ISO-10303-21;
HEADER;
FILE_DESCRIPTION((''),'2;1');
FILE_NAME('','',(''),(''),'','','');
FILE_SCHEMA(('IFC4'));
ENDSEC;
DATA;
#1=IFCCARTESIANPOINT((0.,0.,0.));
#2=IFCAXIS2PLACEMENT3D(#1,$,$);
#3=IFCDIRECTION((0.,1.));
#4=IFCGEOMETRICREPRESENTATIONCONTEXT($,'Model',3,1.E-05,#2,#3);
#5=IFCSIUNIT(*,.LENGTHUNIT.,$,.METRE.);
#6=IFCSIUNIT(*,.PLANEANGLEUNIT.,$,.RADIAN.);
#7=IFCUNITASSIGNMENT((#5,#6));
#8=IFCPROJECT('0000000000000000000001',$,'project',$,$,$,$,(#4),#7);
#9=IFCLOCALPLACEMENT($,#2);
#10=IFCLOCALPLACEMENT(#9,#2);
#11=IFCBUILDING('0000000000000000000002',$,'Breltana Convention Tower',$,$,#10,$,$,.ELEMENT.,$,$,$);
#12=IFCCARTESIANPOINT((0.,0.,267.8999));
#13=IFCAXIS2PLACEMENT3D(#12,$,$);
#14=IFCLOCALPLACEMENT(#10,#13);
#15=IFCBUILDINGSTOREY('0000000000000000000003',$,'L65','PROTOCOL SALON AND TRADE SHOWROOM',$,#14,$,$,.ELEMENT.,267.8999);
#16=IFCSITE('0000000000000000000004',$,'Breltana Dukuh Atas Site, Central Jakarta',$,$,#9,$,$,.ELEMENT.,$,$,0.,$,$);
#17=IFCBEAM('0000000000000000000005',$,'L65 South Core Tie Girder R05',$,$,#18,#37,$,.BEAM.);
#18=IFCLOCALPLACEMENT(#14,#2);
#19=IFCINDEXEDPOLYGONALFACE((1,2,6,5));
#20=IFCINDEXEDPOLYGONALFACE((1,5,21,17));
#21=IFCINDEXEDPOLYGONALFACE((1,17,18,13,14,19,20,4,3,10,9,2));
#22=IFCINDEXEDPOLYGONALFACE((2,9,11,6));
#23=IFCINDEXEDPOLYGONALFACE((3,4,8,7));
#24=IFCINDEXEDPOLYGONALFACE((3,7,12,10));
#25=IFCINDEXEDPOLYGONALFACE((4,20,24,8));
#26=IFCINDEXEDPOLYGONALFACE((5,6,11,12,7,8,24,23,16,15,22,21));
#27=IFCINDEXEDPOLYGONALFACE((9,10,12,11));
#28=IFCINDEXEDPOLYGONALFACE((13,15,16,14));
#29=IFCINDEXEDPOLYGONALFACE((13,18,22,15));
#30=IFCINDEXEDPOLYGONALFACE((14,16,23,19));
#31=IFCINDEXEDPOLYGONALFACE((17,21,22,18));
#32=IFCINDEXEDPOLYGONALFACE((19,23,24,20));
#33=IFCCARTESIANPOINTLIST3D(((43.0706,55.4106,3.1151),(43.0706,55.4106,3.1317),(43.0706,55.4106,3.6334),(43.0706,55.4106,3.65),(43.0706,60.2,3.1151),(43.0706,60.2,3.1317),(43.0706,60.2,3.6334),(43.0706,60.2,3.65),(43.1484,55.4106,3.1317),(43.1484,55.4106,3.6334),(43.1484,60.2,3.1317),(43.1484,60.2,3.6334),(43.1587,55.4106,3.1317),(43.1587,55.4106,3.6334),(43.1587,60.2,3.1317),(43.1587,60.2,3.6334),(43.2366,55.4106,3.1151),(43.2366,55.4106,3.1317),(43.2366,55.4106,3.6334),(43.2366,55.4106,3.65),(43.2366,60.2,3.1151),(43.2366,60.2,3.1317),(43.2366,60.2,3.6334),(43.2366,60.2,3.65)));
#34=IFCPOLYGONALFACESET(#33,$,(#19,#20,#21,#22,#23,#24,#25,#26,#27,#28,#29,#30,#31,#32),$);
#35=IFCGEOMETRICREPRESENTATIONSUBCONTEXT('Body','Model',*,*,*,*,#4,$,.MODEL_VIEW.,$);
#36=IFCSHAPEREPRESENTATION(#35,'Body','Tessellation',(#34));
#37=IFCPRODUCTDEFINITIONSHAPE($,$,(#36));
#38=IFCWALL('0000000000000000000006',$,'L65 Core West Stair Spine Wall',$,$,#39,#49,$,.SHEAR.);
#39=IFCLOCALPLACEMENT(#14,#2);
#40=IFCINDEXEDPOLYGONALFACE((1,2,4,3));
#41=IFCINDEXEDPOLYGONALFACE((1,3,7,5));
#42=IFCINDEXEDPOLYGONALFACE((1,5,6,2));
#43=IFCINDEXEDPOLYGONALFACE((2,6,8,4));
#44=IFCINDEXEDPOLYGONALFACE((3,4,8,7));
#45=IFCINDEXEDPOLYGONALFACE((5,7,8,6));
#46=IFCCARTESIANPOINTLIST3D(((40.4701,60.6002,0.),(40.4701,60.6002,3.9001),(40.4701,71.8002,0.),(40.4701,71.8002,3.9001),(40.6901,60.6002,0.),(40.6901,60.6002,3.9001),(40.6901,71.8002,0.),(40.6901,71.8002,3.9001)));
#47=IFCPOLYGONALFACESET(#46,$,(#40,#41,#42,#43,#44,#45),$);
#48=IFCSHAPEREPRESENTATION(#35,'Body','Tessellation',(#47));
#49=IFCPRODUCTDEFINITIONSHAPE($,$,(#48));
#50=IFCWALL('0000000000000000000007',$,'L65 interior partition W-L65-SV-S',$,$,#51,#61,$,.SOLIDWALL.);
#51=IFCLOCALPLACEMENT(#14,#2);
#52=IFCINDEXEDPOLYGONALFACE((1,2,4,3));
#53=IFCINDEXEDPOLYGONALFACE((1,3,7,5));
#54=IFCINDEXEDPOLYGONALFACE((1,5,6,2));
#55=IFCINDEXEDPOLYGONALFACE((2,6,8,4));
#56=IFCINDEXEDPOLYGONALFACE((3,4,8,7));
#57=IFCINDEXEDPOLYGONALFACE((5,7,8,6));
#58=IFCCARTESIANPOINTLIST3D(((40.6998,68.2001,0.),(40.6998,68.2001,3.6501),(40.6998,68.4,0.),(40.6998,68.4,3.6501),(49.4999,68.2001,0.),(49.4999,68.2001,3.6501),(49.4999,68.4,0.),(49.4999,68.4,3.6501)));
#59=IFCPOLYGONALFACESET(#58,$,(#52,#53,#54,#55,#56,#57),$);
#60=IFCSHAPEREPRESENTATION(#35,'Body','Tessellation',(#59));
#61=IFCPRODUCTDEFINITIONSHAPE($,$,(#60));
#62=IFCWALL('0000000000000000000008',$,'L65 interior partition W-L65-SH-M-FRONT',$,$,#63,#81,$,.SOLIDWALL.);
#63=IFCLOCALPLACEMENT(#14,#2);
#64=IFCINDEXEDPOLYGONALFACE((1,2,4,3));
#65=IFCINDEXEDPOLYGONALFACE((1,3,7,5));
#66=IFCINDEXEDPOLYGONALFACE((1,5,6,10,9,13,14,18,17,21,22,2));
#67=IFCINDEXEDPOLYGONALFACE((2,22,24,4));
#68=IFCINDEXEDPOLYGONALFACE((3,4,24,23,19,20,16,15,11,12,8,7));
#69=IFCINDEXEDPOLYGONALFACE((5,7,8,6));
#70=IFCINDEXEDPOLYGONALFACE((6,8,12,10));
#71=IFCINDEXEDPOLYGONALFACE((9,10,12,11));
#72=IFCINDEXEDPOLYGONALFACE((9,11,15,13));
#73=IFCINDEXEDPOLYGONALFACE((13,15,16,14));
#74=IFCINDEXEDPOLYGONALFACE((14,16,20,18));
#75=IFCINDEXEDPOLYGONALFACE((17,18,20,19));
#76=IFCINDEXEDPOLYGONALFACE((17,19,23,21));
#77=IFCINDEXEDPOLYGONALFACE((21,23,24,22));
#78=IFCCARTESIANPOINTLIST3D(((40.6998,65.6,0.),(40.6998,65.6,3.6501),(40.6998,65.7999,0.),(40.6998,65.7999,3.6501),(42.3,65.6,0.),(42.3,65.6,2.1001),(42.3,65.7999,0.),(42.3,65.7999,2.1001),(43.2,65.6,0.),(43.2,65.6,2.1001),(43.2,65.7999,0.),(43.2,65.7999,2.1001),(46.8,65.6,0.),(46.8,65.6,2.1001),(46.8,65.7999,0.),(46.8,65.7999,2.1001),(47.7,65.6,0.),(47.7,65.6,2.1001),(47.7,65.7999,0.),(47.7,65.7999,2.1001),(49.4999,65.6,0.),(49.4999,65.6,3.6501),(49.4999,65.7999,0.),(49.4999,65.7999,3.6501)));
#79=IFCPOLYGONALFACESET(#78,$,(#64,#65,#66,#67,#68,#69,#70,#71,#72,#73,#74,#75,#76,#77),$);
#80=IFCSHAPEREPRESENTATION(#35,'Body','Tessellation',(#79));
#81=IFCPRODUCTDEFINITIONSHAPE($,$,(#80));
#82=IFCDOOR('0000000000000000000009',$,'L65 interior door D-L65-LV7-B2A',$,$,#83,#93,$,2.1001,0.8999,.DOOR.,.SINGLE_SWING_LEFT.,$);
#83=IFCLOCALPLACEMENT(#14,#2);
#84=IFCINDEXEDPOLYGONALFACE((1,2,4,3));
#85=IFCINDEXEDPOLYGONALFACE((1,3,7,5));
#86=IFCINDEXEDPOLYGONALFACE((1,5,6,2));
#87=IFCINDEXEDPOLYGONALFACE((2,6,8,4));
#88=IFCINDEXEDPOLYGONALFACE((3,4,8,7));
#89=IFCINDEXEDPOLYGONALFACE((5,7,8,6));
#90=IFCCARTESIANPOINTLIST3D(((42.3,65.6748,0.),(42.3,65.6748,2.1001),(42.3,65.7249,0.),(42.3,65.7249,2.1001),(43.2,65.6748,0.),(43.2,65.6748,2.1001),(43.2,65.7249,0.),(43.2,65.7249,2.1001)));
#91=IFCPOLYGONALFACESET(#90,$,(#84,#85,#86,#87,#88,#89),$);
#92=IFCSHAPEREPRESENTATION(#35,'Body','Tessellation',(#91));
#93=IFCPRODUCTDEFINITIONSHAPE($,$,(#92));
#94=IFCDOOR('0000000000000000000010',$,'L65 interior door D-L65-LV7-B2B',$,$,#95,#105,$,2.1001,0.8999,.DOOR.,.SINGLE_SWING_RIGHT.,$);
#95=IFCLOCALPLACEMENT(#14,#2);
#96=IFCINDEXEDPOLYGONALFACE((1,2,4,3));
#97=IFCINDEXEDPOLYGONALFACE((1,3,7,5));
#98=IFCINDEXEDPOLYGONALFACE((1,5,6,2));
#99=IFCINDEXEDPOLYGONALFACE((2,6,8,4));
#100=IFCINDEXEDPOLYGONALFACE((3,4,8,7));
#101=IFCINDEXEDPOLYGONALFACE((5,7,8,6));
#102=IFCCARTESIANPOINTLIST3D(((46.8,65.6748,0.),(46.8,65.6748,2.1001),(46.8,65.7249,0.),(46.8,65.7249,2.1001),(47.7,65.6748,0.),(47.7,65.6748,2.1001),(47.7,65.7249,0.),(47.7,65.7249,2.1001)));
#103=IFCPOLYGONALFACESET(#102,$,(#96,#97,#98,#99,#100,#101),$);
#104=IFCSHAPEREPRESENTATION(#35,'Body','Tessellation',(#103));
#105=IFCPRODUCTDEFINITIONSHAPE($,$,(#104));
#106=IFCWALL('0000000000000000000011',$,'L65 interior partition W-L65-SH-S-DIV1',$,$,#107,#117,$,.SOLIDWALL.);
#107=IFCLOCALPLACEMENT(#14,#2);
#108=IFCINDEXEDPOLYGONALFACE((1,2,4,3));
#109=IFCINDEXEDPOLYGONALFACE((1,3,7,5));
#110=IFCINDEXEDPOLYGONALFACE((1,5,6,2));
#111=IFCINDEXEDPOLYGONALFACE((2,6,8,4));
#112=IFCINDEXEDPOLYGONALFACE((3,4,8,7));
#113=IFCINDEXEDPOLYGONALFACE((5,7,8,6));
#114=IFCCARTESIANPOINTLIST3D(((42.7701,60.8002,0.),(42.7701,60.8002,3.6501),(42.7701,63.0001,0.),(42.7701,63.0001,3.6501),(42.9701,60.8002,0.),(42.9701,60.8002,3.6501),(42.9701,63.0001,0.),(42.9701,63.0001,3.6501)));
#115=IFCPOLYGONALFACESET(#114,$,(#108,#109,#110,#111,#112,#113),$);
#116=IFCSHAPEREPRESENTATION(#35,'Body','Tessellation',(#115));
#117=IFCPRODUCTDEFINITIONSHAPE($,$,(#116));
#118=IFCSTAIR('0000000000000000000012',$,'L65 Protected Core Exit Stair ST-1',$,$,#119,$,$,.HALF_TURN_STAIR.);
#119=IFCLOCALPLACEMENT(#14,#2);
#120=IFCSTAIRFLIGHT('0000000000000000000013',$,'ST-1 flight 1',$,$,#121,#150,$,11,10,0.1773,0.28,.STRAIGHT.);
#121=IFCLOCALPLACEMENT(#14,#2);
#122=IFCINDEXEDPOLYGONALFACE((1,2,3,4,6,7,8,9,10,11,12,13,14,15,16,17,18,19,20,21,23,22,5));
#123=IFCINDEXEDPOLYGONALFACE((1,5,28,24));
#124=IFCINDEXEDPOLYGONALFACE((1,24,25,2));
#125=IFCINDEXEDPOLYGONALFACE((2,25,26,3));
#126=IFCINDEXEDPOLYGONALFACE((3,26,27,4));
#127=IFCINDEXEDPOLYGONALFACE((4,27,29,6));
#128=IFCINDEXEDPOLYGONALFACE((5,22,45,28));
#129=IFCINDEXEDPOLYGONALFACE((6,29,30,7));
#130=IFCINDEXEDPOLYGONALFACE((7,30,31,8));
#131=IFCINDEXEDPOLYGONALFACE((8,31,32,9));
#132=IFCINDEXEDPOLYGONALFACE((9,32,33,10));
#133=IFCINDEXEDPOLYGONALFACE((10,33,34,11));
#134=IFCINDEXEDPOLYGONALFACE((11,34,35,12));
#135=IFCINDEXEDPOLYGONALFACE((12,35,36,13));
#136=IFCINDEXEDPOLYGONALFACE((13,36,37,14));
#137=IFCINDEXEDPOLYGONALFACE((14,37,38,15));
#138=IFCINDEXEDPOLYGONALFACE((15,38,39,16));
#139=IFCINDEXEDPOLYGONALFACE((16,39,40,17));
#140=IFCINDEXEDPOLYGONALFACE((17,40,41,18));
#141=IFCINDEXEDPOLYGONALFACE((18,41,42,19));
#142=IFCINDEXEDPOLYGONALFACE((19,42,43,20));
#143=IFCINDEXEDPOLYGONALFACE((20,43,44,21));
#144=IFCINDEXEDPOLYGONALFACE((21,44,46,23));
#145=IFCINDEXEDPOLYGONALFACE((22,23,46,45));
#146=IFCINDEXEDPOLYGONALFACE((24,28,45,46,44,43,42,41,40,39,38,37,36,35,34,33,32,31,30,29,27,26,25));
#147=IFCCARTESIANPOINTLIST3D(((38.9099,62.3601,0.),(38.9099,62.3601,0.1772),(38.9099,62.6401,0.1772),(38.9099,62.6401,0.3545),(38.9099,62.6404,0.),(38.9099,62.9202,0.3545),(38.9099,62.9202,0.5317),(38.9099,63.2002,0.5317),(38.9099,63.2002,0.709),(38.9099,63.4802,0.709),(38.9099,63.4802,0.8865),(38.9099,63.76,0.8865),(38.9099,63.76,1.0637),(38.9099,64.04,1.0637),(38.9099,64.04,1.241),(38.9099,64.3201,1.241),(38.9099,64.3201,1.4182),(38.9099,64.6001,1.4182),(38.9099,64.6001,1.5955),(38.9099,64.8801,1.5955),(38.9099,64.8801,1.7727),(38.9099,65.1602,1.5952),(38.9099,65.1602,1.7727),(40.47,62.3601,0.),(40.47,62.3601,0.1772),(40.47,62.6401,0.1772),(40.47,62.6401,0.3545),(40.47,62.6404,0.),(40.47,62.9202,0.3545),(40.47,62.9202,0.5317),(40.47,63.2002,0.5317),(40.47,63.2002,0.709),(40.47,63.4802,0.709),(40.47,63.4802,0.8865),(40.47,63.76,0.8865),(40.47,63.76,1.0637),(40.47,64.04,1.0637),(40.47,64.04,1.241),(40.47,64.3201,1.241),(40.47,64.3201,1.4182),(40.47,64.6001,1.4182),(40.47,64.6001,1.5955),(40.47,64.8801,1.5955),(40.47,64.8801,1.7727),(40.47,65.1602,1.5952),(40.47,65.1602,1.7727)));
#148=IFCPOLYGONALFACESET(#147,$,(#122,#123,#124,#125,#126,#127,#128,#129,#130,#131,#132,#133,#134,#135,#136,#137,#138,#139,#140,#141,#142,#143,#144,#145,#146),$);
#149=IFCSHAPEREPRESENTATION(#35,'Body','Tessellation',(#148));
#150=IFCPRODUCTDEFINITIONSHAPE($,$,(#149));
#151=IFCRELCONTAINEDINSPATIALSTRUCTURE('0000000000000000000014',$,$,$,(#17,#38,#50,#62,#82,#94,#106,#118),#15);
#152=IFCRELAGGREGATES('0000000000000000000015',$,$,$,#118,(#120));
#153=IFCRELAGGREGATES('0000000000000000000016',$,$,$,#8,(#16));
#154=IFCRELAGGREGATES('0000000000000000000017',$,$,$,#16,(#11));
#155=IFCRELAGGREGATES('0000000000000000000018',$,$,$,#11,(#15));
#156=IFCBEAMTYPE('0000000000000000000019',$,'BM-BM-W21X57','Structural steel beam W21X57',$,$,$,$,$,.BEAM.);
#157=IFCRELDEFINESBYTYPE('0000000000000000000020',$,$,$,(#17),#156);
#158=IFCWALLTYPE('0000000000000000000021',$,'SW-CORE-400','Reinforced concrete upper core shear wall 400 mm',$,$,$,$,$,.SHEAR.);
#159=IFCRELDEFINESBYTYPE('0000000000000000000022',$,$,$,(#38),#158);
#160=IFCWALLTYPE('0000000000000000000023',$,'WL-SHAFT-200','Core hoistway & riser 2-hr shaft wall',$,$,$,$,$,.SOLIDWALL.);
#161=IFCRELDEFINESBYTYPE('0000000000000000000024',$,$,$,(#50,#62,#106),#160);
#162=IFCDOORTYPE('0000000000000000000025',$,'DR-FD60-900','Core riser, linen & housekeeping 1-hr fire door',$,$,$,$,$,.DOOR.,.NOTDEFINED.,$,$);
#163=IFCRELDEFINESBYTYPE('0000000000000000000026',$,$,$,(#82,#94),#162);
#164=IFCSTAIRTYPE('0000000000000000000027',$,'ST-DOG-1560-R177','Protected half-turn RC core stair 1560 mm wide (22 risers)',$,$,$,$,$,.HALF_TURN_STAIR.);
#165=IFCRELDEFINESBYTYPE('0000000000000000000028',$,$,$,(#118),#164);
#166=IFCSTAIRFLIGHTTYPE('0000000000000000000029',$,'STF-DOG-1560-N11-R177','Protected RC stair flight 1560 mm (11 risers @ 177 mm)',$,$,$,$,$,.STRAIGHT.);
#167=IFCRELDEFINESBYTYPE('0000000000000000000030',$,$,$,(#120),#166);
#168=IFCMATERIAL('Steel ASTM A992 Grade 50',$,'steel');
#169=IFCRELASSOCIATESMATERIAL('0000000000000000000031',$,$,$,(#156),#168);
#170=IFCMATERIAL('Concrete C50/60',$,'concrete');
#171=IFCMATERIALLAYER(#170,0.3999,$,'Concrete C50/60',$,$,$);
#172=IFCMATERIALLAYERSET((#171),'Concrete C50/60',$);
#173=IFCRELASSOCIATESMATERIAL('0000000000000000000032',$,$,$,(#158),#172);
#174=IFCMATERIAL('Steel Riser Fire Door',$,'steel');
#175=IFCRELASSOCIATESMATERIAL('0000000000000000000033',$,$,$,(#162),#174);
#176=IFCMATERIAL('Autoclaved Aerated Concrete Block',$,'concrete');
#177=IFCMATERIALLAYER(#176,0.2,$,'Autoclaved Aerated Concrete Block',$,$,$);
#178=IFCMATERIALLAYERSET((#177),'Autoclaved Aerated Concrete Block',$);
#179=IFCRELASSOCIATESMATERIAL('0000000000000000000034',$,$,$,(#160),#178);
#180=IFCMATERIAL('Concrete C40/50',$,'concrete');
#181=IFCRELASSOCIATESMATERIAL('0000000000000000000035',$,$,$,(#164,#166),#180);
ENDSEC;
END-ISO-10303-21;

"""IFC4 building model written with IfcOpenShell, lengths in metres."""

from ifc_helpers import new_model, si_unit, direction, frame, frame_2d, origin, origin_2d, place, context, subcontext, project, spatial, polyline, rectangle, i_section, outline, extrude, source, transform, mapped, material, layer, layer_set, material_profile, profile_set, type_object, type_shapes, element, fill, aggregate, save


model = new_model("IFC4")

# Units and contexts
model_context = context("Model", 3, precision=1e-05, world=origin(), true_north=direction((0.0, 1.0)))
body_context = subcontext(model_context, "Body", "Model", "MODEL_VIEW")
ifc_project = project(units=[si_unit("LENGTHUNIT", "METRE"), si_unit("PLANEANGLEUNIT", "RADIAN")], contexts=[model_context])

# Site, building, storey
site_placement = place(None, origin())
site = spatial("IfcSite", under=ifc_project, at=site_placement, Name="Breltana Dukuh Atas Site, Central Jakarta", CompositionType="ELEMENT", RefElevation=0.0)
building_placement = place(site_placement, origin())
building = spatial("IfcBuilding", under=site, at=building_placement, Name="Breltana Convention Tower", CompositionType="ELEMENT")
storey_placement = place(building_placement, frame((0.0, 0.0, 267.8999)))
storey = spatial("IfcBuildingStorey", under=building, at=storey_placement, Name="L65", Description="PROTOCOL SALON AND TRADE SHOWROOM", CompositionType="ELEMENT", Elevation=267.8999)

# Beam
ifc_material_1 = material(Name="Steel ASTM A992 Grade 50", Category="steel")
ifc_material_profile = material_profile(ifc_material_1, i_section(OverallWidth=0.166, OverallDepth=0.5349, WebThickness=0.0103, FlangeThickness=0.0166, at=origin_2d()), Name="W21X57")
ifc_profile_set = profile_set([ifc_material_profile], Name="Steel ASTM A992 Grade 50")
beam_type = type_object("IfcBeamType", Name="BM-BM-W21X57", Description="Structural steel beam W21X57", PredefinedType="BEAM", material=ifc_profile_set)
shared_shape_1 = source(origin(), body_context, "Body", "SweptSolid", [
    extrude(i_section(OverallWidth=0.166, OverallDepth=0.5349, WebThickness=0.0103, FlangeThickness=0.0166, at=origin_2d()), origin(), (0.0, 0.0, 1.0), 4.7893),
])
beam_placement = place(storey_placement, frame((43.1536, 60.2, 3.3826), z_axis=(0.0, -1.0, 0.0), x_axis=(1.0, 0.0, 0.0)))
element("IfcBeam", 1, at=beam_placement, inside=storey, type_object=beam_type, Name="L65 South Core Tie Girder R05", PredefinedType="BEAM", context=body_context, shape_type="MappedRepresentation", body=[
    mapped(shared_shape_1, transform((0.0, 0.0, 0.0), scale=1.0)),
])

# Shared definitions
ifc_material_2 = material(Name="Concrete C50/60", Category="concrete")
ifc_layer_1 = layer(ifc_material_2, 0.3999, Name="Concrete C50/60")
ifc_layer_set_1 = layer_set([ifc_layer_1], Name="Concrete C50/60")
wall_type_1 = type_object("IfcWallType", Name="SW-CORE-400", Description="Reinforced concrete upper core shear wall 400 mm", PredefinedType="SHEAR", material=ifc_layer_set_1)
ifc_material_3 = material(Name="Steel Riser Fire Door", Category="steel")
door_type_1 = type_object("IfcDoorType", Name="DR-FD60-900", Description="Core riser, linen & housekeeping 1-hr fire door", OperationType="NOTDEFINED", PredefinedType="DOOR", material=ifc_material_3)
shared_shape_2 = source(origin(), body_context, "Body", "SweptSolid", [
    extrude(rectangle(XDim=0.8999, YDim=2.1001, at=frame_2d((0.45, 1.05))), frame((0.0, 0.0249, 0.0), z_axis=(0.0, -1.0, 0.0), x_axis=(1.0, 0.0, 0.0)), (0.0, 0.0, 1.0), 0.05),
])
type_shapes(door_type_1, [shared_shape_2])

# Walls
shared_shape_3 = source(origin(), body_context, "Body", "SweptSolid", [
    extrude(rectangle(XDim=11.2, YDim=0.22, at=frame_2d((5.6001, 0.0))), origin(), (0.0, 0.0, 1.0), 3.9001),
])
wall_1_placement = place(storey_placement, frame((40.5801, 60.6001, 0.0), z_axis=(0.0, 0.0, 1.0), x_axis=(0.0, 1.0, 0.0)))
element("IfcWall", 2, at=wall_1_placement, inside=storey, type_object=wall_type_1, Name="L65 Core West Stair Spine Wall", PredefinedType="SHEAR", context=body_context, shape_type="MappedRepresentation", body=[
    mapped(shared_shape_3, transform((0.0, 0.0, 0.0), scale=1.0)),
])
ifc_material_4 = material(Name="Autoclaved Aerated Concrete Block", Category="concrete")
ifc_layer_2 = layer(ifc_material_4, 0.2, Name="Autoclaved Aerated Concrete Block")
ifc_layer_set_2 = layer_set([ifc_layer_2], Name="Autoclaved Aerated Concrete Block")
wall_type_2 = type_object("IfcWallType", Name="WL-SHAFT-200", Description="Core hoistway & riser 2-hr shaft wall", PredefinedType="SOLIDWALL", material=ifc_layer_set_2)
shared_shape_4 = source(origin(), body_context, "Body", "SweptSolid", [
    extrude(rectangle(XDim=8.8, YDim=0.2, at=frame_2d((4.3999, 0.0))), origin(), (0.0, 0.0, 1.0), 3.6501),
])
wall_2_placement = place(storey_placement, frame((40.7, 68.3, 0.0), z_axis=(0.0, 0.0, 1.0), x_axis=(1.0, 0.0, 0.0)))
element("IfcWall", 3, at=wall_2_placement, inside=storey, type_object=wall_type_2, Name="L65 interior partition W-L65-SV-S", PredefinedType="SOLIDWALL", context=body_context, shape_type="MappedRepresentation", body=[
    mapped(shared_shape_4, transform((0.0, 0.0, 0.0), scale=1.0)),
])

# Wall, openings, doors
wall_3_placement = place(storey_placement, frame((40.7, 65.7, 0.0), z_axis=(0.0, 0.0, 1.0), x_axis=(1.0, 0.0, 0.0)))
wall_3 = element("IfcWall", 4, at=wall_3_placement, inside=storey, type_object=wall_type_2, Name="L65 interior partition W-L65-SH-M-FRONT", PredefinedType="SOLIDWALL", context=body_context, shape_type="MappedRepresentation", body=[
    mapped(shared_shape_4, transform((0.0, 0.0, 0.0), scale=1.0)),
])
opening_1_placement = place(wall_3_placement, frame((1.6001, 0.0, 0.0)))
opening_1 = element("IfcOpeningElement", 5, at=opening_1_placement, cuts=wall_3, PredefinedType="OPENING", context=body_context, shape_type="SweptSolid", body=[
    extrude(rectangle(XDim=0.8999, YDim=2.1001, at=frame_2d((0.45, 1.05))), frame((0.0, 0.1099, 0.0), z_axis=(0.0, -1.0, 0.0), x_axis=(1.0, 0.0, 0.0)), (0.0, 0.0, 1.0), 0.22),
])
opening_2_placement = place(wall_3_placement, frame((6.1001, 0.0, 0.0)))
opening_2 = element("IfcOpeningElement", 6, at=opening_2_placement, cuts=wall_3, PredefinedType="OPENING", context=body_context, shape_type="SweptSolid", body=[
    extrude(rectangle(XDim=0.8999, YDim=2.1001, at=frame_2d((0.45, 1.05))), frame((0.0, 0.1099, 0.0), z_axis=(0.0, -1.0, 0.0), x_axis=(1.0, 0.0, 0.0)), (0.0, 0.0, 1.0), 0.22),
])
door_1_placement = place(opening_1_placement, origin())
door_1 = element("IfcDoor", 7, at=door_1_placement, inside=storey, type_object=door_type_1, Name="L65 interior door D-L65-LV7-B2A", OperationType="SINGLE_SWING_LEFT", OverallHeight=2.1001, OverallWidth=0.8999, PredefinedType="DOOR", context=body_context, shape_type="MappedRepresentation", body=[
    mapped(shared_shape_2, transform((0.0, 0.0, 0.0), scale=1.0)),
])
fill(opening_1, door_1)
door_2_placement = place(opening_2_placement, origin())
door_2 = element("IfcDoor", 8, at=door_2_placement, inside=storey, type_object=door_type_1, Name="L65 interior door D-L65-LV7-B2B", OperationType="SINGLE_SWING_RIGHT", OverallHeight=2.1001, OverallWidth=0.8999, PredefinedType="DOOR", context=body_context, shape_type="MappedRepresentation", body=[
    mapped(shared_shape_2, transform((0.0, 0.0, 0.0), scale=1.0)),
])
fill(opening_2, door_2)

# Wall
shared_shape_5 = source(origin(), body_context, "Body", "SweptSolid", [
    extrude(rectangle(XDim=2.2, YDim=0.2, at=frame_2d((1.1001, 0.0))), origin(), (0.0, 0.0, 1.0), 3.6501),
])
wall_4_placement = place(storey_placement, frame((42.8701, 60.8, 0.0), z_axis=(0.0, 0.0, 1.0), x_axis=(0.0, 1.0, 0.0)))
element("IfcWall", 9, at=wall_4_placement, inside=storey, type_object=wall_type_2, Name="L65 interior partition W-L65-SH-S-DIV1", PredefinedType="SOLIDWALL", context=body_context, shape_type="MappedRepresentation", body=[
    mapped(shared_shape_5, transform((0.0, 0.0, 0.0), scale=1.0)),
])

# Stair, stair flight
ifc_material_5 = material(Name="Concrete C40/50", Category="concrete")
stair_type = type_object("IfcStairType", Name="ST-DOG-1560-R177", Description="Protected half-turn RC core stair 1560 mm wide (22 risers)", PredefinedType="HALF_TURN_STAIR", material=ifc_material_5)
stair_placement = place(storey_placement, origin())
stair = element("IfcStair", 10, at=stair_placement, inside=storey, type_object=stair_type, Name="L65 Protected Core Exit Stair ST-1", PredefinedType="HALF_TURN_STAIR")
stair_flight_type = type_object("IfcStairFlightType", Name="STF-DOG-1560-N11-R177", Description="Protected RC stair flight 1560 mm (11 risers @ 177 mm)", PredefinedType="STRAIGHT", material=ifc_material_5)
stair_flight_1_placement = place(storey_placement, frame((39.6899, 62.3601, 0.0), z_axis=(0.0, 0.0, 1.0), x_axis=(0.0, 1.0, 0.0)))
stair_flight_1 = element("IfcStairFlight", 11, at=stair_flight_1_placement, type_object=stair_flight_type, Name="ST-1 flight 1", NumberOfRisers=11, NumberOfTreads=10, PredefinedType="STRAIGHT", RiserHeight=0.1773, TreadLength=0.28, context=body_context, shape_type="SweptSolid", body=[
    extrude(outline(polyline([(0.0, 0.0), (0.0, 0.1772), (0.28, 0.1772), (0.28, 0.3545), (0.5601, 0.3545), (0.5601, 0.5317), (0.8401, 0.5317), (0.8401, 0.709), (1.1201, 0.709), (1.1201, 0.8865), (1.3999, 0.8865), (1.3999, 1.0637), (1.6799, 1.0637), (1.6799, 1.241), (1.96, 1.241), (1.96, 1.4182), (2.24, 1.4182), (2.24, 1.5955), (2.52, 1.5955), (2.52, 1.7727), (2.8, 1.7727), (2.8, 1.95), (2.8, 1.5952), (0.2803, 0.0), (0.0, 0.0)])), frame((0.0, 0.78, 0.0), z_axis=(0.0, -1.0, 0.0), x_axis=(1.0, 0.0, 0.0)), (0.0, 0.0, 1.0), 1.5601),
])
aggregate(stair, [stair_flight_1])

save(model, "model.ifc")
